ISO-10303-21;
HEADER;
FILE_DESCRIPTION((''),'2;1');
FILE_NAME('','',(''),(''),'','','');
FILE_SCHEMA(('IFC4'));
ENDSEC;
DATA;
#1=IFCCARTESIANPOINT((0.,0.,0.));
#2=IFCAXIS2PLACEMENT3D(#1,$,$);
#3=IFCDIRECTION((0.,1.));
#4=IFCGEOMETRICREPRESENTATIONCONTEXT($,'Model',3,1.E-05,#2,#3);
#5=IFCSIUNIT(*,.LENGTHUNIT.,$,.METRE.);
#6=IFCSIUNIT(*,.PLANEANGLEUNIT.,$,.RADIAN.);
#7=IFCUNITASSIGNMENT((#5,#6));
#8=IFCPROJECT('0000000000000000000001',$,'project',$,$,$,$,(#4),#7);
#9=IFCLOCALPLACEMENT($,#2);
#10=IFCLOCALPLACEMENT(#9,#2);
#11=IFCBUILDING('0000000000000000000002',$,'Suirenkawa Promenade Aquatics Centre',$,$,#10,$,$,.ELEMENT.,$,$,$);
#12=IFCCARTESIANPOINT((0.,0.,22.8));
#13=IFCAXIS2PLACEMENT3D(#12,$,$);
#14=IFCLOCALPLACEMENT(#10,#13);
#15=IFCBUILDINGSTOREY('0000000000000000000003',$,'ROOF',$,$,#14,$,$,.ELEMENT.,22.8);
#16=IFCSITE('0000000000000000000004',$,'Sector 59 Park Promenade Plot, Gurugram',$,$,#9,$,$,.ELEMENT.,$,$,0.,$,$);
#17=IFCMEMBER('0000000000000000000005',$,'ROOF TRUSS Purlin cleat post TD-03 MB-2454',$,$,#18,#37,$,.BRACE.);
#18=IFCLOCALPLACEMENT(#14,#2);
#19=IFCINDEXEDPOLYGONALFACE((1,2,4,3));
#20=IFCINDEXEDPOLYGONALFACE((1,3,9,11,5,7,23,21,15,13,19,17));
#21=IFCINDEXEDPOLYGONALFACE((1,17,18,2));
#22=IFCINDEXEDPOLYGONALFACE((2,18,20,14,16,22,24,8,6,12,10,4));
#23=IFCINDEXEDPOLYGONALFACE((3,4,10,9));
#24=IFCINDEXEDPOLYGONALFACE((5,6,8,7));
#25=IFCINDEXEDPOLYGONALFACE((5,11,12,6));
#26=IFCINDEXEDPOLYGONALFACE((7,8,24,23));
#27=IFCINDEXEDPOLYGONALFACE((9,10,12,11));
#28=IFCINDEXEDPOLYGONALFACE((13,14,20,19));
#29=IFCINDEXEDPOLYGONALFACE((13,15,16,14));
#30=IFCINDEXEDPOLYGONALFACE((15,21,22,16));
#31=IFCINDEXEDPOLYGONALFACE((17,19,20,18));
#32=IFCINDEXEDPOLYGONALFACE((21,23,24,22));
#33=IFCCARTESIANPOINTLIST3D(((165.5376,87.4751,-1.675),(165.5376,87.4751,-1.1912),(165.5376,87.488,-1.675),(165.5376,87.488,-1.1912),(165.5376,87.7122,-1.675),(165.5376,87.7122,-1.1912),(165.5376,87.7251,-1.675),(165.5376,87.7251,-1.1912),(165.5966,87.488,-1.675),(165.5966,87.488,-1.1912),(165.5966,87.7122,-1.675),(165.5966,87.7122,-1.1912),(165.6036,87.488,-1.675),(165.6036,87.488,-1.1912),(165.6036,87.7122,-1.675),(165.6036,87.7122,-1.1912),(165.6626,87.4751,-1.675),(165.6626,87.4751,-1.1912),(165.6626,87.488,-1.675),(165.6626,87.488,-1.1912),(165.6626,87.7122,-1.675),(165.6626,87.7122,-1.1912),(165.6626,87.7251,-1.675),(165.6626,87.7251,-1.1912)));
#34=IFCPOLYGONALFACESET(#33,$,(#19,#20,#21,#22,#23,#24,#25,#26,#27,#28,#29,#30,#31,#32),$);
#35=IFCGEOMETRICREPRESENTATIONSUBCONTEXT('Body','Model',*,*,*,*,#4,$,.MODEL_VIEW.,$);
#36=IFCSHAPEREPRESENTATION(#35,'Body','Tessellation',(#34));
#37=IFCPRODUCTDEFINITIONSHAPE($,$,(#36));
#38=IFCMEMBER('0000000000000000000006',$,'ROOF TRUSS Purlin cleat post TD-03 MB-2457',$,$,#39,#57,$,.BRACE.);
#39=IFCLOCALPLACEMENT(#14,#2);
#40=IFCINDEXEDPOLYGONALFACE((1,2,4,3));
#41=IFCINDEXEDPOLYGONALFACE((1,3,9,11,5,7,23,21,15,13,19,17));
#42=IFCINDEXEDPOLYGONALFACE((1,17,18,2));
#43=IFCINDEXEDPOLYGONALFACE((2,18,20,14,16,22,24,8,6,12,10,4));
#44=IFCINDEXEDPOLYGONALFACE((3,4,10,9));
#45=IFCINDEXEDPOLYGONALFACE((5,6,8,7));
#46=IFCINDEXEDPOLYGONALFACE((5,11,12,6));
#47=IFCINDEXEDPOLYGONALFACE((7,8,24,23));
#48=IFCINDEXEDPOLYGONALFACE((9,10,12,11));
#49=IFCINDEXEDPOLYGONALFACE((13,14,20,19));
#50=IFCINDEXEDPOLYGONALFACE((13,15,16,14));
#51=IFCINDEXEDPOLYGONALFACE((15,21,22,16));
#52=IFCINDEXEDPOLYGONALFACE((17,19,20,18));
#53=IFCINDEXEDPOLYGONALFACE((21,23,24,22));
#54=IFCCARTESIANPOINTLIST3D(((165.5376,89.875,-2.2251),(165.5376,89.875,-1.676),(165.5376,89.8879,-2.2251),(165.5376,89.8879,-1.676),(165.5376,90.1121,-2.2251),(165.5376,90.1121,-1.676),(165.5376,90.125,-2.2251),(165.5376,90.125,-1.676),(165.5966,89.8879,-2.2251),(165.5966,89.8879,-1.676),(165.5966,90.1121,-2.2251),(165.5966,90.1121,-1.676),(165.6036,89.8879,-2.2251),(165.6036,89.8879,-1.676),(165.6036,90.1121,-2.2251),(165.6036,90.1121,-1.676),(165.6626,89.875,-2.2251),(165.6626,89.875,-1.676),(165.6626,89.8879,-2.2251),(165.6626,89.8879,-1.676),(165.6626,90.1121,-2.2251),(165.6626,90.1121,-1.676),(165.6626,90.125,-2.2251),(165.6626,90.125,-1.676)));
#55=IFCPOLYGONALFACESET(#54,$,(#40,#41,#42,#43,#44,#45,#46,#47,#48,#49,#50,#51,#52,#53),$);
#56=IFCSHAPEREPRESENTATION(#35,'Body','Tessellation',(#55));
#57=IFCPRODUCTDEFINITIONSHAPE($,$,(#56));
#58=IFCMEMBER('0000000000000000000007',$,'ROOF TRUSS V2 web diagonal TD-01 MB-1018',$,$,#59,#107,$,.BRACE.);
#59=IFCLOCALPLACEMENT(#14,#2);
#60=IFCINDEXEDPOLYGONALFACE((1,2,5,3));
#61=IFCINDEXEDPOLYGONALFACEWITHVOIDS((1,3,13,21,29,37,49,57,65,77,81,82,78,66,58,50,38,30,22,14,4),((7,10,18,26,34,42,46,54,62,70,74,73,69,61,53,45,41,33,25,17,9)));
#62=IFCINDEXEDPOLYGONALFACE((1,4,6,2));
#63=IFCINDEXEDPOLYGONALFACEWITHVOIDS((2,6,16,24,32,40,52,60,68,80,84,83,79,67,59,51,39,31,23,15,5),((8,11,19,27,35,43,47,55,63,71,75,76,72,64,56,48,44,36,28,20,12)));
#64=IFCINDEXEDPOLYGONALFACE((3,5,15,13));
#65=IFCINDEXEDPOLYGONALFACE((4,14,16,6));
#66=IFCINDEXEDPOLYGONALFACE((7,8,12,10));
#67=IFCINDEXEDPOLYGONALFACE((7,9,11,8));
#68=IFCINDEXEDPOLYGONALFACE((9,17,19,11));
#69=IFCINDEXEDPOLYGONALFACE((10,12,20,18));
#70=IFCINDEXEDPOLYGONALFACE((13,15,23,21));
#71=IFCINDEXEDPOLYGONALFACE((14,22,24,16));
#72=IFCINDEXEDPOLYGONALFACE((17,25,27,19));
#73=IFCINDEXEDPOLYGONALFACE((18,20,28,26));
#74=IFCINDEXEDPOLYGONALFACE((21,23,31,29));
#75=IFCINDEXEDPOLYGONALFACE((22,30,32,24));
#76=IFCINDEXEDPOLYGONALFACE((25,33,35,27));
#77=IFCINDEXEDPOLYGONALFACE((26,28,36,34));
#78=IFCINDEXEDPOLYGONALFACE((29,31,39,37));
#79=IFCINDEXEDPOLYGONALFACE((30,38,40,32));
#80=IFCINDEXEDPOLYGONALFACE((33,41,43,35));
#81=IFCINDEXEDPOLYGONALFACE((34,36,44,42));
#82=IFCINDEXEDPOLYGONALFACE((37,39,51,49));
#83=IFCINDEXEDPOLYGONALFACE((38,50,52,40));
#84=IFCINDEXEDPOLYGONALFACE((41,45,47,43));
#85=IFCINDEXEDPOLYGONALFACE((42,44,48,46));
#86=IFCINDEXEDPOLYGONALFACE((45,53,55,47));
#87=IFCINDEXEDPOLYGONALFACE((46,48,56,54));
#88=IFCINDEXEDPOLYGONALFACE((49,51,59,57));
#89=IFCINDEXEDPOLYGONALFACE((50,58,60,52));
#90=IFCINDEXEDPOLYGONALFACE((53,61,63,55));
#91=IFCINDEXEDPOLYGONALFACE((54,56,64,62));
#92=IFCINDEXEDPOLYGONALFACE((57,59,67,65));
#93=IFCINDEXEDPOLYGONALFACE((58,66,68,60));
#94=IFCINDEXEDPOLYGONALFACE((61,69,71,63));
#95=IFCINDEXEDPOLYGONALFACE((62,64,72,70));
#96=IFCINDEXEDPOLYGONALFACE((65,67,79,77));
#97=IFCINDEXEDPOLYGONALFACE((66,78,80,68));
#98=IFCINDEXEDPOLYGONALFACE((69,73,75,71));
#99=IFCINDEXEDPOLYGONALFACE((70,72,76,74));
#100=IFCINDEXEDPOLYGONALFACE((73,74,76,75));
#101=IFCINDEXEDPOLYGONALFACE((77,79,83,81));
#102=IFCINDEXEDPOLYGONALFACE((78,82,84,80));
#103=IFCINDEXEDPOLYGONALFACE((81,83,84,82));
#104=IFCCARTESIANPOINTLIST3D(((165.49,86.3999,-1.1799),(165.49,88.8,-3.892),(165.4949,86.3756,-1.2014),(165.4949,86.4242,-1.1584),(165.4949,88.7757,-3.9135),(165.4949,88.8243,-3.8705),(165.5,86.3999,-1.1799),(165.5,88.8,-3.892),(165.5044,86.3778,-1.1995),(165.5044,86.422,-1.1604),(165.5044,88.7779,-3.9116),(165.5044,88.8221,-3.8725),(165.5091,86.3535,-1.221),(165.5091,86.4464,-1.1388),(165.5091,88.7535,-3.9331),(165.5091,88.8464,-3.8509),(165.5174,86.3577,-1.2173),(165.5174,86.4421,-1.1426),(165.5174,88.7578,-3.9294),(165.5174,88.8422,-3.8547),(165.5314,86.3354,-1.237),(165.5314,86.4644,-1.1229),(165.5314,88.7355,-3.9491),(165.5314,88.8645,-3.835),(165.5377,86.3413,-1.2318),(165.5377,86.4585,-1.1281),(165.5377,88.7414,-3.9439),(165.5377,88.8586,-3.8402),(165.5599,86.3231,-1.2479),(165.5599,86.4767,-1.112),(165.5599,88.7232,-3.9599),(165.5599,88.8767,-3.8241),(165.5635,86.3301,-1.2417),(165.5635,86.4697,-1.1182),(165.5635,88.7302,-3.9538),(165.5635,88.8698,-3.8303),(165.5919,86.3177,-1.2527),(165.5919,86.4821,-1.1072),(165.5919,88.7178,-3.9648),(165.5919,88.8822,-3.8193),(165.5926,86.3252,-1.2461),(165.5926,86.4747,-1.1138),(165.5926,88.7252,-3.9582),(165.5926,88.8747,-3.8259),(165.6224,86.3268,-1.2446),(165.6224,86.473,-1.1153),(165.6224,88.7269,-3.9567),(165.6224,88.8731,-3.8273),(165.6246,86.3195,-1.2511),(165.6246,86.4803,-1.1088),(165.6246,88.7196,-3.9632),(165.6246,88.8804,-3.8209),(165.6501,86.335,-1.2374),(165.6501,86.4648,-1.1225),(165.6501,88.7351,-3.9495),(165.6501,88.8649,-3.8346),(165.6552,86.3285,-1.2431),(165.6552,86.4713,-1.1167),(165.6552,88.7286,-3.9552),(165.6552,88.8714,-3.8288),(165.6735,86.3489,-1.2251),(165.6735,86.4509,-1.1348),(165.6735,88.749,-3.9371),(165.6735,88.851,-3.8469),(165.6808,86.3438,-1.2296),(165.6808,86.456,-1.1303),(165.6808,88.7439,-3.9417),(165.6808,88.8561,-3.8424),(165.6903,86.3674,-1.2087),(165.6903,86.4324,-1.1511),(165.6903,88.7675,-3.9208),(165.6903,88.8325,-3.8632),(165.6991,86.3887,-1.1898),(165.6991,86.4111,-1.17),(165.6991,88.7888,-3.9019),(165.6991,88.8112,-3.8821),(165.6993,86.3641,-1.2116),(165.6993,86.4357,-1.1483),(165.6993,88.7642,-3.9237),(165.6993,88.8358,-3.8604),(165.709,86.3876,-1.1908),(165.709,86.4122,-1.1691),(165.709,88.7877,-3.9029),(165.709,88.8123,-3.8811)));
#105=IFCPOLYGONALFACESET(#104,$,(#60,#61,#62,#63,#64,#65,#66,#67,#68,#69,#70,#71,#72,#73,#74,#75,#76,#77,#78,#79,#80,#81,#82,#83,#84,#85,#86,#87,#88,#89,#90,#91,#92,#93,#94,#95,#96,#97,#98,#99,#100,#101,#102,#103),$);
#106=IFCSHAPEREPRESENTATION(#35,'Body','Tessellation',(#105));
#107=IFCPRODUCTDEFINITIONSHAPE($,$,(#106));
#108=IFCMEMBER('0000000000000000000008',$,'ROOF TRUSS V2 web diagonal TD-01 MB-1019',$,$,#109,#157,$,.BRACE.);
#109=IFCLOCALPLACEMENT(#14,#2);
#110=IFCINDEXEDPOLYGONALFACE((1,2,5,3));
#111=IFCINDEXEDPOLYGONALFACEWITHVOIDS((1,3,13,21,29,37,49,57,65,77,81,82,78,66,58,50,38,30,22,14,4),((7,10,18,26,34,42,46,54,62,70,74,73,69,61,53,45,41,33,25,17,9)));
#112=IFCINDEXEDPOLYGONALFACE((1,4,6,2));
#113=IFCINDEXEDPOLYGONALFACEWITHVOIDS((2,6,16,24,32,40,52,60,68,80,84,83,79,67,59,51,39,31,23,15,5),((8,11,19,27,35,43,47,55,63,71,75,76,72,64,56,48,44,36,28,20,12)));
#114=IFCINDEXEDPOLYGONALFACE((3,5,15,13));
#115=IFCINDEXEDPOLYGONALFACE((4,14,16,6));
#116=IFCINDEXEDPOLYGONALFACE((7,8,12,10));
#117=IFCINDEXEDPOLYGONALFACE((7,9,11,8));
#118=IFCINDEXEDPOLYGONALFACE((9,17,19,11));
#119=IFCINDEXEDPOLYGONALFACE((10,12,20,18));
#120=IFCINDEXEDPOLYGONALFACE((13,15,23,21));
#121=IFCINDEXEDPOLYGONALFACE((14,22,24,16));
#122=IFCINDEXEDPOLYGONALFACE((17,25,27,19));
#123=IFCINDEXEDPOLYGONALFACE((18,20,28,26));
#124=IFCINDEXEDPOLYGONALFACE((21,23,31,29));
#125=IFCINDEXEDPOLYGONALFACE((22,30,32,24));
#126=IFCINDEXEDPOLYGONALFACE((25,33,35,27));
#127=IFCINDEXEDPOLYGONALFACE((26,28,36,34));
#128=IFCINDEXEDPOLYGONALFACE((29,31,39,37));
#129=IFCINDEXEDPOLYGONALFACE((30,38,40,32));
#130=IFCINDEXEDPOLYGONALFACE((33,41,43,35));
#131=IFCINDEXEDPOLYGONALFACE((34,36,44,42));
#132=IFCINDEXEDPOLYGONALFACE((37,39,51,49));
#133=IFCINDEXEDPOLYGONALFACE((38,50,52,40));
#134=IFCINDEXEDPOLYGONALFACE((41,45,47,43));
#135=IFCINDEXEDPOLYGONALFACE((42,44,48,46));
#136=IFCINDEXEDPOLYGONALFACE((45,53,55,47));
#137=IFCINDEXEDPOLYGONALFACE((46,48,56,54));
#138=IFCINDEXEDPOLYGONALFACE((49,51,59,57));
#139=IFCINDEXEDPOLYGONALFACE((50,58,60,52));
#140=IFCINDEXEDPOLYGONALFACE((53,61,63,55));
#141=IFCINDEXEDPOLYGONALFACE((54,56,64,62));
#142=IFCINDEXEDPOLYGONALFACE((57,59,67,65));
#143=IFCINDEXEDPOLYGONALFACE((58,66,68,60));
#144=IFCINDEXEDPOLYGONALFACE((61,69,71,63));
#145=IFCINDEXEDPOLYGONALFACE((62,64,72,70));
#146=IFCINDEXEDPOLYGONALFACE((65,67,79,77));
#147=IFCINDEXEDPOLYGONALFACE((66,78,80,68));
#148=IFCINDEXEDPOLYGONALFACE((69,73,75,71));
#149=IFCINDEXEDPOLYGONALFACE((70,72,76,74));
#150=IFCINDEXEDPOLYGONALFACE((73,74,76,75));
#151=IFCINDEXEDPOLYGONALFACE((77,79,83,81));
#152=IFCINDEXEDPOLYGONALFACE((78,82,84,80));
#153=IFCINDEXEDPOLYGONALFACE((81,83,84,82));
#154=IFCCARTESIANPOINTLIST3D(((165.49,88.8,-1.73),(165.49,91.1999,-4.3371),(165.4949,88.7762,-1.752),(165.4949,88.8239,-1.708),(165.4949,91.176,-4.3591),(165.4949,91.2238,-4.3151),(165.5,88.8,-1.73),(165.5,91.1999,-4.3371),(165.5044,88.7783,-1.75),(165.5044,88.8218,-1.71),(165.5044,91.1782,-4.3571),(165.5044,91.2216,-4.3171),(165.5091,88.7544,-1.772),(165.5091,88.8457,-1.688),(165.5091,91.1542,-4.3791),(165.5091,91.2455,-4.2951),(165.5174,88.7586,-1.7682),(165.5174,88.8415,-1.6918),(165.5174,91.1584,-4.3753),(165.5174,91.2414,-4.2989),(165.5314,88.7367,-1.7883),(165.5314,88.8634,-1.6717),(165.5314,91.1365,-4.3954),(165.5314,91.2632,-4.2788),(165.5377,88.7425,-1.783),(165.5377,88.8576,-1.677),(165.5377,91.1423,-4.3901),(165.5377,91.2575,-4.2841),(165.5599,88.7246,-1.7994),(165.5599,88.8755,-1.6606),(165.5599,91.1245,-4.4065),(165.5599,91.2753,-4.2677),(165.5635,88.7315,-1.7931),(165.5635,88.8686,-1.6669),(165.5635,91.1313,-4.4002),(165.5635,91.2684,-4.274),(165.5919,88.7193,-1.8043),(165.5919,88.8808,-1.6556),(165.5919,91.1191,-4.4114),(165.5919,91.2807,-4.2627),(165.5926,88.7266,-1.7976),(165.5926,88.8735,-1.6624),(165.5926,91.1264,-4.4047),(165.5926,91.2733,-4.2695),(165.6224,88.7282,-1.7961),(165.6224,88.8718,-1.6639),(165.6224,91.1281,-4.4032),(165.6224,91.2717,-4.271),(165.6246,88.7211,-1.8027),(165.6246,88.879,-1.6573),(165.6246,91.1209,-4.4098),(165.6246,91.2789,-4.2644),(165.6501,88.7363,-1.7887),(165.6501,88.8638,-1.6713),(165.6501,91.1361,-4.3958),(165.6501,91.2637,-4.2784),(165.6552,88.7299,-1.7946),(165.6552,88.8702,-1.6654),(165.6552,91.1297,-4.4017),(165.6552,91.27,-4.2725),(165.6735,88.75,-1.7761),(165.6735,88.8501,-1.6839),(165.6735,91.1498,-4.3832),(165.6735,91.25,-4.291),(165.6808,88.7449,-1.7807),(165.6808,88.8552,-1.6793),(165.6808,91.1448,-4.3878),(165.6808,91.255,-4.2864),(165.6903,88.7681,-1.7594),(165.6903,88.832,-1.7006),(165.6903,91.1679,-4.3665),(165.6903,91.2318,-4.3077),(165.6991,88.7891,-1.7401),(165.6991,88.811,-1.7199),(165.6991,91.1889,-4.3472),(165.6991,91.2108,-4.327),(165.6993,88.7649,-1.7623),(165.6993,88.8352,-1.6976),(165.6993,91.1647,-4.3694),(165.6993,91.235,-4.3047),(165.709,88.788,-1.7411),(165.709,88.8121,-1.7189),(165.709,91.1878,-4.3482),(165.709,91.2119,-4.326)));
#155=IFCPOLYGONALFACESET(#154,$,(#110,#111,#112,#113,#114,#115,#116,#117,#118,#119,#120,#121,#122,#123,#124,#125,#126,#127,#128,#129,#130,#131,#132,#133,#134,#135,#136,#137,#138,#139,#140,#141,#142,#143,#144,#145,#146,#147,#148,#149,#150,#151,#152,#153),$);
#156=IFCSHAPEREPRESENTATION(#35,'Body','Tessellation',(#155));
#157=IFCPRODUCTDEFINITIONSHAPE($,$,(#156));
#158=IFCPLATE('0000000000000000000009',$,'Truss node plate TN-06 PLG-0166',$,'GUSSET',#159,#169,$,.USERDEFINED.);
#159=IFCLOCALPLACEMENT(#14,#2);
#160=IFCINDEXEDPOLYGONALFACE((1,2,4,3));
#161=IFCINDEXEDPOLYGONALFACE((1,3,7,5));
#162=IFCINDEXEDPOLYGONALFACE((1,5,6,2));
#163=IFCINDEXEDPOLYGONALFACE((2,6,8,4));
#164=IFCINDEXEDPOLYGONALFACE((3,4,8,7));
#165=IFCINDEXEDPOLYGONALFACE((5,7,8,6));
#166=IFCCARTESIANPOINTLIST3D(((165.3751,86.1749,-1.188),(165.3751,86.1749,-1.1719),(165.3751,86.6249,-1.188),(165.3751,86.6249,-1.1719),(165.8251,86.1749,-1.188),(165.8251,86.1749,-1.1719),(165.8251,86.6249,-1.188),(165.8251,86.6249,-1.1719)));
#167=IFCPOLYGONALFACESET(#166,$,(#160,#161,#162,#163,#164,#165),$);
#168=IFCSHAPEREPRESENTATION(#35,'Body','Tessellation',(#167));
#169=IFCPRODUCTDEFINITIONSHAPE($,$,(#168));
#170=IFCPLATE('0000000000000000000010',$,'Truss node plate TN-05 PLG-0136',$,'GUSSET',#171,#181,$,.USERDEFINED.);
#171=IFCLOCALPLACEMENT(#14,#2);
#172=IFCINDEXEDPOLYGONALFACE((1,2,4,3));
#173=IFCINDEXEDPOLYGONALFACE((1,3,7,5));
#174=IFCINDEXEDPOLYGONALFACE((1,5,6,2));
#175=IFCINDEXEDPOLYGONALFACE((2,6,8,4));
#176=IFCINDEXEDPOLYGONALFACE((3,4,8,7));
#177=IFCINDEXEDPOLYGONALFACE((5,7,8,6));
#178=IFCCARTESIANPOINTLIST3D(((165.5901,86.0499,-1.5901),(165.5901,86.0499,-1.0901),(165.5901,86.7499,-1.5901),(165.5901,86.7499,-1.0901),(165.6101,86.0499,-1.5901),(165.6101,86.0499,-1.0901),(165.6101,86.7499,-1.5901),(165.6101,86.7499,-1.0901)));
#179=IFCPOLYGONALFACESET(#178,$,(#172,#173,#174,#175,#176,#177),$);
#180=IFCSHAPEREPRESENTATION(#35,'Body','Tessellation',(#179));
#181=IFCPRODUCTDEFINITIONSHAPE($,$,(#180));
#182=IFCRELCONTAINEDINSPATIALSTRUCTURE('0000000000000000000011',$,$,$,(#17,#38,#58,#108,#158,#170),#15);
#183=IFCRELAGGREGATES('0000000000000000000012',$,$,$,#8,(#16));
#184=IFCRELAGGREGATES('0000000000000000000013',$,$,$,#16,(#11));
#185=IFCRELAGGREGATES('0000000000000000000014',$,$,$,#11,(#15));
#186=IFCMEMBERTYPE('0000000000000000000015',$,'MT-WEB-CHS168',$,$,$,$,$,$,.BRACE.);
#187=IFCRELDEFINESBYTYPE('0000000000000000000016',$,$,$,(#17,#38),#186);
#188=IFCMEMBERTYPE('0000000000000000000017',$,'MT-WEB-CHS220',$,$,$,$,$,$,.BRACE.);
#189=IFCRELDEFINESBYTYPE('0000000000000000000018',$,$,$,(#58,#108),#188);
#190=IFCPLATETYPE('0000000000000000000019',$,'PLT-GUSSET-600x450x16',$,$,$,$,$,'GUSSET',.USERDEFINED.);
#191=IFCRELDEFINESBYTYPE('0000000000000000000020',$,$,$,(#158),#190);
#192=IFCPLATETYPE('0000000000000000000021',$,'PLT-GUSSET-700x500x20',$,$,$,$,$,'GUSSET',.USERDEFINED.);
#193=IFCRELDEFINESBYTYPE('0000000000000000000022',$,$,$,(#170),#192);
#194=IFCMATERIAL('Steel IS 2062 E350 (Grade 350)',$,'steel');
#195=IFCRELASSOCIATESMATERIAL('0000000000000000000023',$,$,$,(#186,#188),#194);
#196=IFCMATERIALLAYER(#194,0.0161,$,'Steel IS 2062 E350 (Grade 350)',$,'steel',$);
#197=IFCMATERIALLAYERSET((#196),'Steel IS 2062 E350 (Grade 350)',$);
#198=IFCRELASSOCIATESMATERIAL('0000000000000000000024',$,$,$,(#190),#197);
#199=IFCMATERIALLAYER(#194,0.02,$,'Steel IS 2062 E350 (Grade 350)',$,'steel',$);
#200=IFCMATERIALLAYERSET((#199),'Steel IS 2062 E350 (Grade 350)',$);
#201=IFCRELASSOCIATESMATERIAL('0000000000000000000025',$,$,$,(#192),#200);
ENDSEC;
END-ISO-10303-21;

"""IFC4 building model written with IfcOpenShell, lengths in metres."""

from ifc_helpers import new_model, si_unit, direction, frame, origin, origin_2d, place, context, subcontext, project, spatial, rectangle, hollow_circle, i_section, extrude, material, layer, layer_set, material_profile, profile_set, type_object, element, save


model = new_model("IFC4")

# Units and contexts
model_context = context("Model", 3, precision=1e-05, world=origin(), true_north=direction((0.0, 1.0)))
body_context = subcontext(model_context, "Body", "Model", "MODEL_VIEW")
ifc_project = project(units=[si_unit("LENGTHUNIT", "METRE"), si_unit("PLANEANGLEUNIT", "RADIAN")], contexts=[model_context])

# Site, building, storey
site_placement = place(None, origin())
site = spatial("IfcSite", under=ifc_project, at=site_placement, Name="Sector 59 Park Promenade Plot, Gurugram", CompositionType="ELEMENT", RefElevation=0.0)
building_placement = place(site_placement, origin())
building = spatial("IfcBuilding", under=site, at=building_placement, Name="Suirenkawa Promenade Aquatics Centre", CompositionType="ELEMENT")
storey_placement = place(building_placement, frame((0.0, 0.0, 22.8)))
storey = spatial("IfcBuildingStorey", under=building, at=storey_placement, Name="ROOF", CompositionType="ELEMENT", Elevation=22.8)

# Shared definitions
ifc_material_1 = material(Name="Steel IS 2062 E350 (Grade 350)", Category="steel")

# Members
ifc_material_profile_1 = material_profile(ifc_material_1, i_section(OverallWidth=0.125, OverallDepth=0.25, WebThickness=0.0071, FlangeThickness=0.0129, at=origin_2d()), Name="ISMB 250", Category="steel")
ifc_profile_set_1 = profile_set([ifc_material_profile_1], Name="Steel IS 2062 E350 (Grade 350)")
member_type_1 = type_object("IfcMemberType", Name="MT-WEB-CHS168", PredefinedType="BRACE", material=ifc_profile_set_1)
member_1_placement = place(storey_placement, frame((165.6001, 87.6001, -1.675), z_axis=(0.0, 0.0, 1.0), x_axis=(1.0, 0.0, 0.0)))
element("IfcMember", 1, at=member_1_placement, inside=storey, type_object=member_type_1, Name="ROOF TRUSS Purlin cleat post TD-03 MB-2454", PredefinedType="BRACE", context=body_context, shape_type="SweptSolid", body=[
    extrude(i_section(OverallWidth=0.125, OverallDepth=0.25, WebThickness=0.0071, FlangeThickness=0.0129, at=origin_2d()), origin(), (0.0, 0.0, 1.0), 0.4839),
])
member_2_placement = place(storey_placement, frame((165.6001, 90.0, -2.2251), z_axis=(0.0, 0.0, 1.0), x_axis=(1.0, 0.0, 0.0)))
element("IfcMember", 2, at=member_2_placement, inside=storey, type_object=member_type_1, Name="ROOF TRUSS Purlin cleat post TD-03 MB-2457", PredefinedType="BRACE", context=body_context, shape_type="SweptSolid", body=[
    extrude(i_section(OverallWidth=0.125, OverallDepth=0.25, WebThickness=0.0071, FlangeThickness=0.0129, at=origin_2d()), origin(), (0.0, 0.0, 1.0), 0.5491),
])
ifc_material_profile_2 = material_profile(ifc_material_1, hollow_circle(Radius=0.1101, WallThickness=0.01, at=origin_2d()), Name="CHS 220x10", Category="steel")
ifc_profile_set_2 = profile_set([ifc_material_profile_2], Name="Steel IS 2062 E350 (Grade 350)")
member_type_2 = type_object("IfcMemberType", Name="MT-WEB-CHS220", PredefinedType="BRACE", material=ifc_profile_set_2)
member_3_placement = place(storey_placement, frame((165.6001, 86.3999, -1.1799), z_axis=(0.0, 0.662718, -0.748869), x_axis=(-1.0, 0.0, 0.0)))
element("IfcMember", 3, at=member_3_placement, inside=storey, type_object=member_type_2, Name="ROOF TRUSS V2 web diagonal TD-01 MB-1018", PredefinedType="BRACE", context=body_context, shape_type="SweptSolid", body=[
    extrude(hollow_circle(Radius=0.1101, WallThickness=0.01, at=origin_2d()), origin(), (0.0, 0.0, 1.0), 3.6216),
])
member_4_placement = place(storey_placement, frame((165.6001, 88.8, -1.73), z_axis=(0.0, 0.677255, -0.735748), x_axis=(-1.0, 0.0, 0.0)))
element("IfcMember", 4, at=member_4_placement, inside=storey, type_object=member_type_2, Name="ROOF TRUSS V2 web diagonal TD-01 MB-1019", PredefinedType="BRACE", context=body_context, shape_type="SweptSolid", body=[
    extrude(hollow_circle(Radius=0.1101, WallThickness=0.01, at=origin_2d()), origin(), (0.0, 0.0, 1.0), 3.5435),
])

# Plates
ifc_layer_1 = layer(ifc_material_1, 0.0161, Name="Steel IS 2062 E350 (Grade 350)", Category="steel")
ifc_layer_set_1 = layer_set([ifc_layer_1], Name="Steel IS 2062 E350 (Grade 350)")
plate_type_1 = type_object("IfcPlateType", Name="PLT-GUSSET-600x450x16", ElementType="GUSSET", PredefinedType="USERDEFINED", material=ifc_layer_set_1)
plate_1_placement = place(storey_placement, frame((165.6001, 86.3999, -1.188), z_axis=(0.0, 0.0, 1.0), x_axis=(1.0, 0.0, 0.0)))
element("IfcPlate", 5, at=plate_1_placement, inside=storey, type_object=plate_type_1, Name="Truss node plate TN-06 PLG-0166", ObjectType="GUSSET", PredefinedType="USERDEFINED", context=body_context, shape_type="SweptSolid", body=[
    extrude(rectangle(XDim=0.45, YDim=0.45, at=origin_2d()), origin(), (0.0, 0.0, 1.0), 0.0161),
])
ifc_layer_2 = layer(ifc_material_1, 0.02, Name="Steel IS 2062 E350 (Grade 350)", Category="steel")
ifc_layer_set_2 = layer_set([ifc_layer_2], Name="Steel IS 2062 E350 (Grade 350)")
plate_type_2 = type_object("IfcPlateType", Name="PLT-GUSSET-700x500x20", ElementType="GUSSET", PredefinedType="USERDEFINED", material=ifc_layer_set_2)
plate_2_placement = place(storey_placement, frame((165.6001, 86.3999, -1.5901), z_axis=(0.0, 0.0, 1.0), x_axis=(0.0, 1.0, 0.0)))
element("IfcPlate", 6, at=plate_2_placement, inside=storey, type_object=plate_type_2, Name="Truss node plate TN-05 PLG-0136", ObjectType="GUSSET", PredefinedType="USERDEFINED", context=body_context, shape_type="SweptSolid", body=[
    extrude(rectangle(XDim=0.7, YDim=0.02, at=origin_2d()), origin(), (0.0, 0.0, 1.0), 0.5),
])

save(model, "model.ifc")
